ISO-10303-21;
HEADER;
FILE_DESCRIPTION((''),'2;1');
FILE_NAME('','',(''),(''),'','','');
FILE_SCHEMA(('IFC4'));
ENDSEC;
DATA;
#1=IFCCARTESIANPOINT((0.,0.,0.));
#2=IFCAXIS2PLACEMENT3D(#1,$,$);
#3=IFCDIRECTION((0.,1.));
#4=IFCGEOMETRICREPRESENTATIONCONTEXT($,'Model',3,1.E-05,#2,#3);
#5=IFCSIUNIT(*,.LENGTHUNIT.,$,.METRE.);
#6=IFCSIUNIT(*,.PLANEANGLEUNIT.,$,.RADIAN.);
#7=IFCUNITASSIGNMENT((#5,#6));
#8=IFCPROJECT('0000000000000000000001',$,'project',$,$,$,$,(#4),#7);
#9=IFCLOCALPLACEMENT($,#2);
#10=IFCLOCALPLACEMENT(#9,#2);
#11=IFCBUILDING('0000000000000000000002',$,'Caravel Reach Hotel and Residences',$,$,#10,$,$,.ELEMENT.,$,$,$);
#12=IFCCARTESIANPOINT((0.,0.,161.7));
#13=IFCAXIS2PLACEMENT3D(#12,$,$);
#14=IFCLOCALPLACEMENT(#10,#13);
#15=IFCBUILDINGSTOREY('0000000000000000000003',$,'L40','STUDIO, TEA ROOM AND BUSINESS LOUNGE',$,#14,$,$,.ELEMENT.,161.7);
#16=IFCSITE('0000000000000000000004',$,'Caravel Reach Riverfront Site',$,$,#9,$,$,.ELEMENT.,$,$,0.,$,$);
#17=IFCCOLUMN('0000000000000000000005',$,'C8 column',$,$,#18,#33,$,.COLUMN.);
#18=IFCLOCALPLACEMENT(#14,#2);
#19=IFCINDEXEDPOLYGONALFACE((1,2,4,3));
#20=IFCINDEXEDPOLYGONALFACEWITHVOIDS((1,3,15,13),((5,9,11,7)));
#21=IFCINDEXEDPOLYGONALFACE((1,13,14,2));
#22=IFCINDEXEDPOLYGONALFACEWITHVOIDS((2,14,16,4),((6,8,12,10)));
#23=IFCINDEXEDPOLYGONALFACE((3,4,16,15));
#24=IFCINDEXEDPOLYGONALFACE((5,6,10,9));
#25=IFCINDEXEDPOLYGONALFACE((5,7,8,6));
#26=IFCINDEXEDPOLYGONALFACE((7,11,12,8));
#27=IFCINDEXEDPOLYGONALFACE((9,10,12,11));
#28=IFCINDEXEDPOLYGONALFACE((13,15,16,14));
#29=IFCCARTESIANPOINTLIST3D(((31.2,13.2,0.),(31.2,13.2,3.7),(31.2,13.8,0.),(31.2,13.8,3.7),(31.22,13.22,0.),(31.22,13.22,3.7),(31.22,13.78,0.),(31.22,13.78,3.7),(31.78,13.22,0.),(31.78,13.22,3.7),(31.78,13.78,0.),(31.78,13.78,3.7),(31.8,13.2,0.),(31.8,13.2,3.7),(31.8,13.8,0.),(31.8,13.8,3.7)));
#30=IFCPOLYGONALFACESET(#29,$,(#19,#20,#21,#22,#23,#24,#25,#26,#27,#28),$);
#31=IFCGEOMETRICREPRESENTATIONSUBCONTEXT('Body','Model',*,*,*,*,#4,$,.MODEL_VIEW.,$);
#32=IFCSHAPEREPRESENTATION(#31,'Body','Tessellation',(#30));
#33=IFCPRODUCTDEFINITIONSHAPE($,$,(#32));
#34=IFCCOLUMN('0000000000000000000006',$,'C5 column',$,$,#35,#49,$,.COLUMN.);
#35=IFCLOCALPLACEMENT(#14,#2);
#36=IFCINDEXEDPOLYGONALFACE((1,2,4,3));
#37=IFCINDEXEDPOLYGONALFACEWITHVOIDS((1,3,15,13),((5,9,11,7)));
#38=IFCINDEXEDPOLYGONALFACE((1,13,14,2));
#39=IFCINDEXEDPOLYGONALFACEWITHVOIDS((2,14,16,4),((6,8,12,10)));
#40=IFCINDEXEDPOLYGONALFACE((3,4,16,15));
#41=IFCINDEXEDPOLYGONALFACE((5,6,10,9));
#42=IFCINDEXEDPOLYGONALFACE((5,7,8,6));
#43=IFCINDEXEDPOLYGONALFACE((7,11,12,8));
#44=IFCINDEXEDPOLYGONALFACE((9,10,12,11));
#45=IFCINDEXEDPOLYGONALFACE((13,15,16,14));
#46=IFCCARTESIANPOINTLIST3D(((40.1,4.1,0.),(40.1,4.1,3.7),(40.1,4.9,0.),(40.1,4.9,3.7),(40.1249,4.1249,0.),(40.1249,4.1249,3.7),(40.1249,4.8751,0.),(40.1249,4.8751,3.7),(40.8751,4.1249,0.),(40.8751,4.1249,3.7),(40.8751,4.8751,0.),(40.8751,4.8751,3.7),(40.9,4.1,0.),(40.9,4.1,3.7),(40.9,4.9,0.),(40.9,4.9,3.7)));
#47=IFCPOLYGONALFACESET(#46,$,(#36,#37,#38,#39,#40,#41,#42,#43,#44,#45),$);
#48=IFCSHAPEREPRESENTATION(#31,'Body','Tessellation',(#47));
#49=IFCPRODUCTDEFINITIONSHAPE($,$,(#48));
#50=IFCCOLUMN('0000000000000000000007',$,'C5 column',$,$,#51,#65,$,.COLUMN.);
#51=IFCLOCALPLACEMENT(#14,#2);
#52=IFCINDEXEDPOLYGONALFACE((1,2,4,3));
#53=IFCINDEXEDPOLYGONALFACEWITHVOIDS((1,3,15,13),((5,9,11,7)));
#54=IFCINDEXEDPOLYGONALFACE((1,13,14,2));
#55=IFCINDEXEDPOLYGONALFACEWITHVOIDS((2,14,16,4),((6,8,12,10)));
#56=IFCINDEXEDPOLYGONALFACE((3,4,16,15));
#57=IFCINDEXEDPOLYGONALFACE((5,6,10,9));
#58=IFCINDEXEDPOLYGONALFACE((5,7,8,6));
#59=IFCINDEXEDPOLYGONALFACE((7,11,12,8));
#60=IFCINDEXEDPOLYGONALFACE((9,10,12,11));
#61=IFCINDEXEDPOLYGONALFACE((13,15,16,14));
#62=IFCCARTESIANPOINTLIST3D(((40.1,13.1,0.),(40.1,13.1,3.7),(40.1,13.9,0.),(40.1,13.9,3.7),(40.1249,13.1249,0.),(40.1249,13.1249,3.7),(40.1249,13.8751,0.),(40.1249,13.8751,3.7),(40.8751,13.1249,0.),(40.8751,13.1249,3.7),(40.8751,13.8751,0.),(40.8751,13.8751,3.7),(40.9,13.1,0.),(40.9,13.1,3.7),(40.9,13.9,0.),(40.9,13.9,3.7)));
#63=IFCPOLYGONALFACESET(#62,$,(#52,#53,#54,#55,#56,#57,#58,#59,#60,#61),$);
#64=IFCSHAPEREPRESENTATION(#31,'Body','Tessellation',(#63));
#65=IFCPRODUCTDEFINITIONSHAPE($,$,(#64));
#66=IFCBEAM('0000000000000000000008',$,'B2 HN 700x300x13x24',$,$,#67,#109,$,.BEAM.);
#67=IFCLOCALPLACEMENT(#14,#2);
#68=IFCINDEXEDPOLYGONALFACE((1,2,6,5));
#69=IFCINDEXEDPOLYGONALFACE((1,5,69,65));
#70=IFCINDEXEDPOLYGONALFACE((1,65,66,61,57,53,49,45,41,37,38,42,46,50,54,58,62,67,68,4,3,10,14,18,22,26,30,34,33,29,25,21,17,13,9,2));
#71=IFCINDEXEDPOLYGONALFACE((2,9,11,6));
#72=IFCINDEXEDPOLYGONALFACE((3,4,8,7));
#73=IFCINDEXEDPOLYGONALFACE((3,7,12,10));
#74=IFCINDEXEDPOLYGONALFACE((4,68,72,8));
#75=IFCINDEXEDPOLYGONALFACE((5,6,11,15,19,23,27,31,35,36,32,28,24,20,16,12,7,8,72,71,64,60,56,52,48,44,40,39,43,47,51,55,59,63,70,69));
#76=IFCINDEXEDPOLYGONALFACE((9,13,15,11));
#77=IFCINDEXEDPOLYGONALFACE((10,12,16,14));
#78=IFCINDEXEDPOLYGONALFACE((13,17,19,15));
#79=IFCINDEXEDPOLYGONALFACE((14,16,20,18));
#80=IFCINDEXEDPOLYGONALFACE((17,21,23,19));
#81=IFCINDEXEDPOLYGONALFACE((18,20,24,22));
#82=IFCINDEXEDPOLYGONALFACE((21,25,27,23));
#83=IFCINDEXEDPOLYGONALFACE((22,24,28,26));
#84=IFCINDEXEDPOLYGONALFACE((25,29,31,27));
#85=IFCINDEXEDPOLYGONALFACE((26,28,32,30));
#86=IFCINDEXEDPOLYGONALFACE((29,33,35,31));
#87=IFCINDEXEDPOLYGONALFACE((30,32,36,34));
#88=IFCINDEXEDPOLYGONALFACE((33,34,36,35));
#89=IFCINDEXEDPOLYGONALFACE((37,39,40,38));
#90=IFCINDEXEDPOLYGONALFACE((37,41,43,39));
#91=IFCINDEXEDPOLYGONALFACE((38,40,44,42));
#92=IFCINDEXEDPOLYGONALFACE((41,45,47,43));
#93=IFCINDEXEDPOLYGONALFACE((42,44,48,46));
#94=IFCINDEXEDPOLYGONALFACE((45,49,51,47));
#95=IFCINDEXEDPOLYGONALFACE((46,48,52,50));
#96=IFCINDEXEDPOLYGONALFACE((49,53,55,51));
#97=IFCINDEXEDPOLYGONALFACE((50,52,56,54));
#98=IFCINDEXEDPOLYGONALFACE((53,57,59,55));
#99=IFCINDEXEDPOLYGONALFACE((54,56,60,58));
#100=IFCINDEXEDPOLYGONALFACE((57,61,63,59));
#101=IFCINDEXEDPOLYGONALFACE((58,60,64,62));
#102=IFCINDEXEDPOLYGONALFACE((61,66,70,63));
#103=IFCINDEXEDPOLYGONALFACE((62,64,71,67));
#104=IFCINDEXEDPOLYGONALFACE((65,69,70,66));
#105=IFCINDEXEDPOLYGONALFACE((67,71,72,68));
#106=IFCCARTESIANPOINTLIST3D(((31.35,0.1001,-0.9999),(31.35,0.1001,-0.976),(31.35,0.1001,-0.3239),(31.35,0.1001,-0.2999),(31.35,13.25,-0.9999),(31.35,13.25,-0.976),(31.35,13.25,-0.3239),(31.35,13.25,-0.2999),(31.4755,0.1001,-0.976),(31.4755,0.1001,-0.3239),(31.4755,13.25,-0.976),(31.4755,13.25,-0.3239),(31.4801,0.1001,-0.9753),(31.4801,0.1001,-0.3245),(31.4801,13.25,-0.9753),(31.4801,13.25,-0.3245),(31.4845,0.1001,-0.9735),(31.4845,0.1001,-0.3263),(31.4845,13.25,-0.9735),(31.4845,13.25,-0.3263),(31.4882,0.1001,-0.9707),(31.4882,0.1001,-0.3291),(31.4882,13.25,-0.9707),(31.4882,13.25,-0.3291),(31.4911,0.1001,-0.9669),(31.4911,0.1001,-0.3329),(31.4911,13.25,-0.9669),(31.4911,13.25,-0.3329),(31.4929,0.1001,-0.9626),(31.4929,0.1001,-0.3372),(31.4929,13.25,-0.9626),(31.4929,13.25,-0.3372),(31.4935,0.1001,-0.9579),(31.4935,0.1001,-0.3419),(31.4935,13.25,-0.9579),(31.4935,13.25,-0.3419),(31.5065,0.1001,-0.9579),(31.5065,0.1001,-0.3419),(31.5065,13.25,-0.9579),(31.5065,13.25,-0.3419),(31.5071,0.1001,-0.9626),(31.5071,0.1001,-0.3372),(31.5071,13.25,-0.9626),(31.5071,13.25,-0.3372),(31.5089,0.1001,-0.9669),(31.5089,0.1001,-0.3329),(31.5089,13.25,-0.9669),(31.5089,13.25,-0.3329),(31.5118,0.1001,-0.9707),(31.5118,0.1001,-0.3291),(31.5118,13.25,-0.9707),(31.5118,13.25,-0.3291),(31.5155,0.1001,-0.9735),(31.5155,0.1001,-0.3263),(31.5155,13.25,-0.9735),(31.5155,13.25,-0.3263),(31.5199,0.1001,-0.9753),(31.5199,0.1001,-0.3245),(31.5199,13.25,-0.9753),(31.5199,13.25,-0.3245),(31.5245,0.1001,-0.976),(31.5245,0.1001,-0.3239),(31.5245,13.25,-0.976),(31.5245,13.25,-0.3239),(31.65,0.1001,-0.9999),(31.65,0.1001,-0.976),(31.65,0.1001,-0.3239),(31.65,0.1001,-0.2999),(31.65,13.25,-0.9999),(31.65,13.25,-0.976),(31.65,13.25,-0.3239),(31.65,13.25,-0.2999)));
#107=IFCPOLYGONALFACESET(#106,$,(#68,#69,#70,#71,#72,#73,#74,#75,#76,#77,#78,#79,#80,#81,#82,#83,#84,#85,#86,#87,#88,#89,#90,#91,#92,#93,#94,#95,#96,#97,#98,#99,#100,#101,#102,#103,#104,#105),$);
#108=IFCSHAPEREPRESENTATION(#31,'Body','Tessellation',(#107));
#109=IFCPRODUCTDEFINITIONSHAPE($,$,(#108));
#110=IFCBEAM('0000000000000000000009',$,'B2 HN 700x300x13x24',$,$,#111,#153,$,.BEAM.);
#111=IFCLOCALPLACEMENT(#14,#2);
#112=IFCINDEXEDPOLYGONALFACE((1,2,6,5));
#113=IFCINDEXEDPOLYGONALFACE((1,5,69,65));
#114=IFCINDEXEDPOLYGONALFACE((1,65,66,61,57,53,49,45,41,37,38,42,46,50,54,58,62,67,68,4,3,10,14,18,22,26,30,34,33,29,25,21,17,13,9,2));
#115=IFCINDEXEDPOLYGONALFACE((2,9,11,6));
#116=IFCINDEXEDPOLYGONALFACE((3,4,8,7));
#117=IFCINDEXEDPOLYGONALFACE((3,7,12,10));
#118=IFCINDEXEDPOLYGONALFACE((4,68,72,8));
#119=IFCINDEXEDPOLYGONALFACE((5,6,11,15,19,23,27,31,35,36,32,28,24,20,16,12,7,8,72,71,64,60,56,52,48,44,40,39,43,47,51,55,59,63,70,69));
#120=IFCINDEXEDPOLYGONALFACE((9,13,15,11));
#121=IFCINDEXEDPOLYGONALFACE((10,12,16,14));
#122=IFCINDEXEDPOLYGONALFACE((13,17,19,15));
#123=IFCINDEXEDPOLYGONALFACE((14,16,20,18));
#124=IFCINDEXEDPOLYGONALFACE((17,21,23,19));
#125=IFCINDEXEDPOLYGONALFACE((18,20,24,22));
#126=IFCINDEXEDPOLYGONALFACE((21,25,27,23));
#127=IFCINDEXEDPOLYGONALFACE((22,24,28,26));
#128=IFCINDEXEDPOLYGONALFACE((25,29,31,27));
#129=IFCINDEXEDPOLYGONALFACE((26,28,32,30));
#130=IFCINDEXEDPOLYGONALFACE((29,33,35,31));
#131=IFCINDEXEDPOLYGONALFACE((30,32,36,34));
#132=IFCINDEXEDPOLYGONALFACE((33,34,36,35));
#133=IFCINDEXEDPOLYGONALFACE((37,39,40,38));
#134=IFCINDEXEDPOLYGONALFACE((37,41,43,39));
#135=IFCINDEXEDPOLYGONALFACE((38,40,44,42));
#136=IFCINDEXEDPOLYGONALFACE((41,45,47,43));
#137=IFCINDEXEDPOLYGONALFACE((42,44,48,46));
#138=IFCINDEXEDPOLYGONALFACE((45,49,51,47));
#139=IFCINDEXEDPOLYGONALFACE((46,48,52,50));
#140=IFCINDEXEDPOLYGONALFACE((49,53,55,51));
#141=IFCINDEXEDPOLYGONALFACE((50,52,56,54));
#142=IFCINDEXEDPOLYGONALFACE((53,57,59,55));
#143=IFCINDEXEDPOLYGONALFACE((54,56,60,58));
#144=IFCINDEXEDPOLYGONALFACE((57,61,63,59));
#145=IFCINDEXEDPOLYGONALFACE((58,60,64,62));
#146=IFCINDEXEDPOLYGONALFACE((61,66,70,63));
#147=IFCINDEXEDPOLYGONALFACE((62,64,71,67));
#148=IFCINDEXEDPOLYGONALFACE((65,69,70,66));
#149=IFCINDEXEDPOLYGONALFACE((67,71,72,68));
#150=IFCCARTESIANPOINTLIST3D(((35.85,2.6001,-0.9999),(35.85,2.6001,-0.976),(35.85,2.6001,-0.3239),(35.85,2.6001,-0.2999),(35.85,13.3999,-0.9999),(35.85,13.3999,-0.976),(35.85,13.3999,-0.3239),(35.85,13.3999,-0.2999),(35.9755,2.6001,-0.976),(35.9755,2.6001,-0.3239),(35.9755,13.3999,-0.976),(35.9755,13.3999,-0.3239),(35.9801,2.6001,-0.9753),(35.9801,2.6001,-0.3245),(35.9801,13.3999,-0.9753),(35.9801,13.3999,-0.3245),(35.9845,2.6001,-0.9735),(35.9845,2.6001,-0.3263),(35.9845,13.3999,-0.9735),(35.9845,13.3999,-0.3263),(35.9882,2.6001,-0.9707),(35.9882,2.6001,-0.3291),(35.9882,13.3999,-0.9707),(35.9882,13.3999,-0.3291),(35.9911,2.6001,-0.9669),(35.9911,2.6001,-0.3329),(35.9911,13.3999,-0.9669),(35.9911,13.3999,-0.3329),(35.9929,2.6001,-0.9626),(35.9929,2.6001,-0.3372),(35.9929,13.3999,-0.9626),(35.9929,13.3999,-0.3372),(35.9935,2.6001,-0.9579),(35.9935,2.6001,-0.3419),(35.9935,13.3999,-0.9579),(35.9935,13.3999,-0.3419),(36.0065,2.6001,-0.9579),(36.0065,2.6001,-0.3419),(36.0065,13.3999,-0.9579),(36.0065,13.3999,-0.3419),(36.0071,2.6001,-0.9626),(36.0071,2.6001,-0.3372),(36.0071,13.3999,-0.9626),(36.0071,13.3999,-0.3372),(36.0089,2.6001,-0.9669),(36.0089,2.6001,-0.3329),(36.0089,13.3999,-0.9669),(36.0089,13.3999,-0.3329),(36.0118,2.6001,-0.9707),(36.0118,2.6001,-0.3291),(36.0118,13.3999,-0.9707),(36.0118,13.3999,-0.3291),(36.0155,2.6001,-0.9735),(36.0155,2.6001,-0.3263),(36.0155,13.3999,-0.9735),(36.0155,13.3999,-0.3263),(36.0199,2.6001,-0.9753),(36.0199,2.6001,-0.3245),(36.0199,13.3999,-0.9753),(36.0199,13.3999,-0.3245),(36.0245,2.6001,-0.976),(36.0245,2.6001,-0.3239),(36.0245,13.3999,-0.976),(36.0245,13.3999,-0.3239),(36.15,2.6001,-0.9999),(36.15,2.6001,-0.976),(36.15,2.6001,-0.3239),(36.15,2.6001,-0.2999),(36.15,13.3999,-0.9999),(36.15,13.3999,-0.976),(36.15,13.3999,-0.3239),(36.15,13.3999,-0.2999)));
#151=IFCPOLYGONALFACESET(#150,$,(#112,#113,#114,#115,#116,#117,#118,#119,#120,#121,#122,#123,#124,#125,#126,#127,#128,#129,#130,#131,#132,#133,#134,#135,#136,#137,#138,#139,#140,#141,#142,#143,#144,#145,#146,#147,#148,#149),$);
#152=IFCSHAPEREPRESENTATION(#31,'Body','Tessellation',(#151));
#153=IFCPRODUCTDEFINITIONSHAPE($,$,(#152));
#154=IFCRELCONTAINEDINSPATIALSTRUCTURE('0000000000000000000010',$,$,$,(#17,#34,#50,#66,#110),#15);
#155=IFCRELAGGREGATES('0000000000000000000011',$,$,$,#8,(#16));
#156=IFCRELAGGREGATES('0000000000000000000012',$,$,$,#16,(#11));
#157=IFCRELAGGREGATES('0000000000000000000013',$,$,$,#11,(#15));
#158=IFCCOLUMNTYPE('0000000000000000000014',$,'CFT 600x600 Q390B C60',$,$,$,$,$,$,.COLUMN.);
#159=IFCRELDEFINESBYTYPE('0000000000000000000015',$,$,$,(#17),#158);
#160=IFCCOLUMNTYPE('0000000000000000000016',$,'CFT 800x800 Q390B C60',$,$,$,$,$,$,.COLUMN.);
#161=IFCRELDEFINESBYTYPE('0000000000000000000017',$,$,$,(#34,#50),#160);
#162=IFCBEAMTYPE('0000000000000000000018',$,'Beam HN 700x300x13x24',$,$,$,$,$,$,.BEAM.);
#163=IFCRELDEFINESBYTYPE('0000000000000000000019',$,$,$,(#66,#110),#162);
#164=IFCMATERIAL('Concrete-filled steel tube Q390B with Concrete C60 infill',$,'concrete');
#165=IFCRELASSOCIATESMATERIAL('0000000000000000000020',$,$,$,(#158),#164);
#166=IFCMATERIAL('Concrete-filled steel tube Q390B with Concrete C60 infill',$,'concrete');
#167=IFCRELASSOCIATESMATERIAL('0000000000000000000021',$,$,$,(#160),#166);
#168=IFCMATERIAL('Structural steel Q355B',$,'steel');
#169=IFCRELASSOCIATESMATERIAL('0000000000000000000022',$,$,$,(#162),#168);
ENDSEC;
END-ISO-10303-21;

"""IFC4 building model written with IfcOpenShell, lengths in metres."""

from ifc_helpers import new_model, si_unit, direction, frame, origin, origin_2d, place, context, subcontext, project, spatial, hollow_rectangle, i_section, extrude, material, material_profile, profile_set, type_object, element, save


model = new_model("IFC4")

# Units and contexts
model_context = context("Model", 3, precision=1e-05, world=origin(), true_north=direction((0.0, 1.0)))
body_context = subcontext(model_context, "Body", "Model", "MODEL_VIEW")
ifc_project = project(units=[si_unit("LENGTHUNIT", "METRE"), si_unit("PLANEANGLEUNIT", "RADIAN")], contexts=[model_context])

# Site, building, storey
site_placement = place(None, origin())
site = spatial("IfcSite", under=ifc_project, at=site_placement, Name="Caravel Reach Riverfront Site", CompositionType="ELEMENT", RefElevation=0.0)
building_placement = place(site_placement, origin())
building = spatial("IfcBuilding", under=site, at=building_placement, Name="Caravel Reach Hotel and Residences", CompositionType="ELEMENT")
storey_placement = place(building_placement, frame((0.0, 0.0, 161.7)))
storey = spatial("IfcBuildingStorey", under=building, at=storey_placement, Name="L40", Description="STUDIO, TEA ROOM AND BUSINESS LOUNGE", CompositionType="ELEMENT", Elevation=161.7)

# Columns
ifc_material_1 = material(Name="Concrete-filled steel tube Q390B with Concrete C60 infill", Category="concrete")
ifc_material_profile_1 = material_profile(ifc_material_1, hollow_rectangle(XDim=0.6001, YDim=0.6001, WallThickness=0.02, at=origin_2d()), Name="RHS 600x600x20")
ifc_profile_set_1 = profile_set([ifc_material_profile_1], Name="Concrete-filled steel tube Q390B with Concrete C60 infill")
column_type_1 = type_object("IfcColumnType", Name="CFT 600x600 Q390B C60", PredefinedType="COLUMN", material=ifc_profile_set_1)
column_placement = place(storey_placement, frame((31.5, 13.5, 0.0), z_axis=(0.0, 0.0, 1.0), x_axis=(1.0, 0.0, 0.0)))
element("IfcColumn", 1, at=column_placement, inside=storey, type_object=column_type_1, Name="C8 column", PredefinedType="COLUMN", context=body_context, shape_type="SweptSolid", body=[
    extrude(hollow_rectangle(XDim=0.6001, YDim=0.6001, WallThickness=0.02, at=origin_2d()), origin(), (0.0, 0.0, 1.0), 3.7),
])
ifc_material_2 = material(Name="Concrete-filled steel tube Q390B with Concrete C60 infill", Category="concrete")
ifc_material_profile_2 = material_profile(ifc_material_2, hollow_rectangle(XDim=0.8, YDim=0.8, WallThickness=0.0249, at=origin_2d()), Name="RHS 800x800x25")
ifc_profile_set_2 = profile_set([ifc_material_profile_2], Name="Concrete-filled steel tube Q390B with Concrete C60 infill")
column_type_2 = type_object("IfcColumnType", Name="CFT 800x800 Q390B C60", PredefinedType="COLUMN", material=ifc_profile_set_2)
for number, where, z_axis, x_axis, name in (
    (2, (40.5, 4.5, 0.0), (0.0, 0.0, 1.0), (1.0, 0.0, 0.0), "C5 column"),
    (3, (40.5, 13.5, 0.0), (0.0, 0.0, 1.0), (1.0, 0.0, 0.0), "C5 column"),
):
    element("IfcColumn", number, at=place(storey_placement, frame(where, z_axis=z_axis, x_axis=x_axis)), inside=storey, type_object=column_type_2, Name=name, PredefinedType="COLUMN", context=body_context, shape_type="SweptSolid", body=[
        extrude(hollow_rectangle(XDim=0.8, YDim=0.8, WallThickness=0.0249, at=origin_2d()), origin(), (0.0, 0.0, 1.0), 3.7),
    ])

# Beams
ifc_material_3 = material(Name="Structural steel Q355B", Category="steel")
ifc_material_profile_3 = material_profile(ifc_material_3, i_section(OverallWidth=0.3, OverallDepth=0.7, WebThickness=0.0129, FlangeThickness=0.0239, FilletRadius=0.0181, at=origin_2d()), Name="HN 700x300x13x24")
ifc_profile_set_3 = profile_set([ifc_material_profile_3], Name="Structural steel Q355B")
beam_type_1 = type_object("IfcBeamType", Name="Beam HN 700x300x13x24", PredefinedType="BEAM", material=ifc_profile_set_3)
beam_1_placement = place(storey_placement, frame((31.5, 13.25, -0.6499), z_axis=(0.0, -1.0, 0.0), x_axis=(1.0, 0.0, 0.0)))
element("IfcBeam", 4, at=beam_1_placement, inside=storey, type_object=beam_type_1, Name="B2 HN 700x300x13x24", PredefinedType="BEAM", context=body_context, shape_type="SweptSolid", body=[
    extrude(i_section(OverallWidth=0.3, OverallDepth=0.7, WebThickness=0.0129, FlangeThickness=0.0239, FilletRadius=0.0181, at=origin_2d()), origin(), (0.0, 0.0, 1.0), 13.1499),
])
beam_2_placement = place(storey_placement, frame((36.0, 13.3999, -0.6499), z_axis=(0.0, -1.0, 0.0), x_axis=(1.0, 0.0, 0.0)))
element("IfcBeam", 5, at=beam_2_placement, inside=storey, type_object=beam_type_1, Name="B2 HN 700x300x13x24", PredefinedType="BEAM", context=body_context, shape_type="SweptSolid", body=[
    extrude(i_section(OverallWidth=0.3, OverallDepth=0.7, WebThickness=0.0129, FlangeThickness=0.0239, FilletRadius=0.0181, at=origin_2d()), origin(), (0.0, 0.0, 1.0), 10.7998),
])

save(model, "model.ifc")
